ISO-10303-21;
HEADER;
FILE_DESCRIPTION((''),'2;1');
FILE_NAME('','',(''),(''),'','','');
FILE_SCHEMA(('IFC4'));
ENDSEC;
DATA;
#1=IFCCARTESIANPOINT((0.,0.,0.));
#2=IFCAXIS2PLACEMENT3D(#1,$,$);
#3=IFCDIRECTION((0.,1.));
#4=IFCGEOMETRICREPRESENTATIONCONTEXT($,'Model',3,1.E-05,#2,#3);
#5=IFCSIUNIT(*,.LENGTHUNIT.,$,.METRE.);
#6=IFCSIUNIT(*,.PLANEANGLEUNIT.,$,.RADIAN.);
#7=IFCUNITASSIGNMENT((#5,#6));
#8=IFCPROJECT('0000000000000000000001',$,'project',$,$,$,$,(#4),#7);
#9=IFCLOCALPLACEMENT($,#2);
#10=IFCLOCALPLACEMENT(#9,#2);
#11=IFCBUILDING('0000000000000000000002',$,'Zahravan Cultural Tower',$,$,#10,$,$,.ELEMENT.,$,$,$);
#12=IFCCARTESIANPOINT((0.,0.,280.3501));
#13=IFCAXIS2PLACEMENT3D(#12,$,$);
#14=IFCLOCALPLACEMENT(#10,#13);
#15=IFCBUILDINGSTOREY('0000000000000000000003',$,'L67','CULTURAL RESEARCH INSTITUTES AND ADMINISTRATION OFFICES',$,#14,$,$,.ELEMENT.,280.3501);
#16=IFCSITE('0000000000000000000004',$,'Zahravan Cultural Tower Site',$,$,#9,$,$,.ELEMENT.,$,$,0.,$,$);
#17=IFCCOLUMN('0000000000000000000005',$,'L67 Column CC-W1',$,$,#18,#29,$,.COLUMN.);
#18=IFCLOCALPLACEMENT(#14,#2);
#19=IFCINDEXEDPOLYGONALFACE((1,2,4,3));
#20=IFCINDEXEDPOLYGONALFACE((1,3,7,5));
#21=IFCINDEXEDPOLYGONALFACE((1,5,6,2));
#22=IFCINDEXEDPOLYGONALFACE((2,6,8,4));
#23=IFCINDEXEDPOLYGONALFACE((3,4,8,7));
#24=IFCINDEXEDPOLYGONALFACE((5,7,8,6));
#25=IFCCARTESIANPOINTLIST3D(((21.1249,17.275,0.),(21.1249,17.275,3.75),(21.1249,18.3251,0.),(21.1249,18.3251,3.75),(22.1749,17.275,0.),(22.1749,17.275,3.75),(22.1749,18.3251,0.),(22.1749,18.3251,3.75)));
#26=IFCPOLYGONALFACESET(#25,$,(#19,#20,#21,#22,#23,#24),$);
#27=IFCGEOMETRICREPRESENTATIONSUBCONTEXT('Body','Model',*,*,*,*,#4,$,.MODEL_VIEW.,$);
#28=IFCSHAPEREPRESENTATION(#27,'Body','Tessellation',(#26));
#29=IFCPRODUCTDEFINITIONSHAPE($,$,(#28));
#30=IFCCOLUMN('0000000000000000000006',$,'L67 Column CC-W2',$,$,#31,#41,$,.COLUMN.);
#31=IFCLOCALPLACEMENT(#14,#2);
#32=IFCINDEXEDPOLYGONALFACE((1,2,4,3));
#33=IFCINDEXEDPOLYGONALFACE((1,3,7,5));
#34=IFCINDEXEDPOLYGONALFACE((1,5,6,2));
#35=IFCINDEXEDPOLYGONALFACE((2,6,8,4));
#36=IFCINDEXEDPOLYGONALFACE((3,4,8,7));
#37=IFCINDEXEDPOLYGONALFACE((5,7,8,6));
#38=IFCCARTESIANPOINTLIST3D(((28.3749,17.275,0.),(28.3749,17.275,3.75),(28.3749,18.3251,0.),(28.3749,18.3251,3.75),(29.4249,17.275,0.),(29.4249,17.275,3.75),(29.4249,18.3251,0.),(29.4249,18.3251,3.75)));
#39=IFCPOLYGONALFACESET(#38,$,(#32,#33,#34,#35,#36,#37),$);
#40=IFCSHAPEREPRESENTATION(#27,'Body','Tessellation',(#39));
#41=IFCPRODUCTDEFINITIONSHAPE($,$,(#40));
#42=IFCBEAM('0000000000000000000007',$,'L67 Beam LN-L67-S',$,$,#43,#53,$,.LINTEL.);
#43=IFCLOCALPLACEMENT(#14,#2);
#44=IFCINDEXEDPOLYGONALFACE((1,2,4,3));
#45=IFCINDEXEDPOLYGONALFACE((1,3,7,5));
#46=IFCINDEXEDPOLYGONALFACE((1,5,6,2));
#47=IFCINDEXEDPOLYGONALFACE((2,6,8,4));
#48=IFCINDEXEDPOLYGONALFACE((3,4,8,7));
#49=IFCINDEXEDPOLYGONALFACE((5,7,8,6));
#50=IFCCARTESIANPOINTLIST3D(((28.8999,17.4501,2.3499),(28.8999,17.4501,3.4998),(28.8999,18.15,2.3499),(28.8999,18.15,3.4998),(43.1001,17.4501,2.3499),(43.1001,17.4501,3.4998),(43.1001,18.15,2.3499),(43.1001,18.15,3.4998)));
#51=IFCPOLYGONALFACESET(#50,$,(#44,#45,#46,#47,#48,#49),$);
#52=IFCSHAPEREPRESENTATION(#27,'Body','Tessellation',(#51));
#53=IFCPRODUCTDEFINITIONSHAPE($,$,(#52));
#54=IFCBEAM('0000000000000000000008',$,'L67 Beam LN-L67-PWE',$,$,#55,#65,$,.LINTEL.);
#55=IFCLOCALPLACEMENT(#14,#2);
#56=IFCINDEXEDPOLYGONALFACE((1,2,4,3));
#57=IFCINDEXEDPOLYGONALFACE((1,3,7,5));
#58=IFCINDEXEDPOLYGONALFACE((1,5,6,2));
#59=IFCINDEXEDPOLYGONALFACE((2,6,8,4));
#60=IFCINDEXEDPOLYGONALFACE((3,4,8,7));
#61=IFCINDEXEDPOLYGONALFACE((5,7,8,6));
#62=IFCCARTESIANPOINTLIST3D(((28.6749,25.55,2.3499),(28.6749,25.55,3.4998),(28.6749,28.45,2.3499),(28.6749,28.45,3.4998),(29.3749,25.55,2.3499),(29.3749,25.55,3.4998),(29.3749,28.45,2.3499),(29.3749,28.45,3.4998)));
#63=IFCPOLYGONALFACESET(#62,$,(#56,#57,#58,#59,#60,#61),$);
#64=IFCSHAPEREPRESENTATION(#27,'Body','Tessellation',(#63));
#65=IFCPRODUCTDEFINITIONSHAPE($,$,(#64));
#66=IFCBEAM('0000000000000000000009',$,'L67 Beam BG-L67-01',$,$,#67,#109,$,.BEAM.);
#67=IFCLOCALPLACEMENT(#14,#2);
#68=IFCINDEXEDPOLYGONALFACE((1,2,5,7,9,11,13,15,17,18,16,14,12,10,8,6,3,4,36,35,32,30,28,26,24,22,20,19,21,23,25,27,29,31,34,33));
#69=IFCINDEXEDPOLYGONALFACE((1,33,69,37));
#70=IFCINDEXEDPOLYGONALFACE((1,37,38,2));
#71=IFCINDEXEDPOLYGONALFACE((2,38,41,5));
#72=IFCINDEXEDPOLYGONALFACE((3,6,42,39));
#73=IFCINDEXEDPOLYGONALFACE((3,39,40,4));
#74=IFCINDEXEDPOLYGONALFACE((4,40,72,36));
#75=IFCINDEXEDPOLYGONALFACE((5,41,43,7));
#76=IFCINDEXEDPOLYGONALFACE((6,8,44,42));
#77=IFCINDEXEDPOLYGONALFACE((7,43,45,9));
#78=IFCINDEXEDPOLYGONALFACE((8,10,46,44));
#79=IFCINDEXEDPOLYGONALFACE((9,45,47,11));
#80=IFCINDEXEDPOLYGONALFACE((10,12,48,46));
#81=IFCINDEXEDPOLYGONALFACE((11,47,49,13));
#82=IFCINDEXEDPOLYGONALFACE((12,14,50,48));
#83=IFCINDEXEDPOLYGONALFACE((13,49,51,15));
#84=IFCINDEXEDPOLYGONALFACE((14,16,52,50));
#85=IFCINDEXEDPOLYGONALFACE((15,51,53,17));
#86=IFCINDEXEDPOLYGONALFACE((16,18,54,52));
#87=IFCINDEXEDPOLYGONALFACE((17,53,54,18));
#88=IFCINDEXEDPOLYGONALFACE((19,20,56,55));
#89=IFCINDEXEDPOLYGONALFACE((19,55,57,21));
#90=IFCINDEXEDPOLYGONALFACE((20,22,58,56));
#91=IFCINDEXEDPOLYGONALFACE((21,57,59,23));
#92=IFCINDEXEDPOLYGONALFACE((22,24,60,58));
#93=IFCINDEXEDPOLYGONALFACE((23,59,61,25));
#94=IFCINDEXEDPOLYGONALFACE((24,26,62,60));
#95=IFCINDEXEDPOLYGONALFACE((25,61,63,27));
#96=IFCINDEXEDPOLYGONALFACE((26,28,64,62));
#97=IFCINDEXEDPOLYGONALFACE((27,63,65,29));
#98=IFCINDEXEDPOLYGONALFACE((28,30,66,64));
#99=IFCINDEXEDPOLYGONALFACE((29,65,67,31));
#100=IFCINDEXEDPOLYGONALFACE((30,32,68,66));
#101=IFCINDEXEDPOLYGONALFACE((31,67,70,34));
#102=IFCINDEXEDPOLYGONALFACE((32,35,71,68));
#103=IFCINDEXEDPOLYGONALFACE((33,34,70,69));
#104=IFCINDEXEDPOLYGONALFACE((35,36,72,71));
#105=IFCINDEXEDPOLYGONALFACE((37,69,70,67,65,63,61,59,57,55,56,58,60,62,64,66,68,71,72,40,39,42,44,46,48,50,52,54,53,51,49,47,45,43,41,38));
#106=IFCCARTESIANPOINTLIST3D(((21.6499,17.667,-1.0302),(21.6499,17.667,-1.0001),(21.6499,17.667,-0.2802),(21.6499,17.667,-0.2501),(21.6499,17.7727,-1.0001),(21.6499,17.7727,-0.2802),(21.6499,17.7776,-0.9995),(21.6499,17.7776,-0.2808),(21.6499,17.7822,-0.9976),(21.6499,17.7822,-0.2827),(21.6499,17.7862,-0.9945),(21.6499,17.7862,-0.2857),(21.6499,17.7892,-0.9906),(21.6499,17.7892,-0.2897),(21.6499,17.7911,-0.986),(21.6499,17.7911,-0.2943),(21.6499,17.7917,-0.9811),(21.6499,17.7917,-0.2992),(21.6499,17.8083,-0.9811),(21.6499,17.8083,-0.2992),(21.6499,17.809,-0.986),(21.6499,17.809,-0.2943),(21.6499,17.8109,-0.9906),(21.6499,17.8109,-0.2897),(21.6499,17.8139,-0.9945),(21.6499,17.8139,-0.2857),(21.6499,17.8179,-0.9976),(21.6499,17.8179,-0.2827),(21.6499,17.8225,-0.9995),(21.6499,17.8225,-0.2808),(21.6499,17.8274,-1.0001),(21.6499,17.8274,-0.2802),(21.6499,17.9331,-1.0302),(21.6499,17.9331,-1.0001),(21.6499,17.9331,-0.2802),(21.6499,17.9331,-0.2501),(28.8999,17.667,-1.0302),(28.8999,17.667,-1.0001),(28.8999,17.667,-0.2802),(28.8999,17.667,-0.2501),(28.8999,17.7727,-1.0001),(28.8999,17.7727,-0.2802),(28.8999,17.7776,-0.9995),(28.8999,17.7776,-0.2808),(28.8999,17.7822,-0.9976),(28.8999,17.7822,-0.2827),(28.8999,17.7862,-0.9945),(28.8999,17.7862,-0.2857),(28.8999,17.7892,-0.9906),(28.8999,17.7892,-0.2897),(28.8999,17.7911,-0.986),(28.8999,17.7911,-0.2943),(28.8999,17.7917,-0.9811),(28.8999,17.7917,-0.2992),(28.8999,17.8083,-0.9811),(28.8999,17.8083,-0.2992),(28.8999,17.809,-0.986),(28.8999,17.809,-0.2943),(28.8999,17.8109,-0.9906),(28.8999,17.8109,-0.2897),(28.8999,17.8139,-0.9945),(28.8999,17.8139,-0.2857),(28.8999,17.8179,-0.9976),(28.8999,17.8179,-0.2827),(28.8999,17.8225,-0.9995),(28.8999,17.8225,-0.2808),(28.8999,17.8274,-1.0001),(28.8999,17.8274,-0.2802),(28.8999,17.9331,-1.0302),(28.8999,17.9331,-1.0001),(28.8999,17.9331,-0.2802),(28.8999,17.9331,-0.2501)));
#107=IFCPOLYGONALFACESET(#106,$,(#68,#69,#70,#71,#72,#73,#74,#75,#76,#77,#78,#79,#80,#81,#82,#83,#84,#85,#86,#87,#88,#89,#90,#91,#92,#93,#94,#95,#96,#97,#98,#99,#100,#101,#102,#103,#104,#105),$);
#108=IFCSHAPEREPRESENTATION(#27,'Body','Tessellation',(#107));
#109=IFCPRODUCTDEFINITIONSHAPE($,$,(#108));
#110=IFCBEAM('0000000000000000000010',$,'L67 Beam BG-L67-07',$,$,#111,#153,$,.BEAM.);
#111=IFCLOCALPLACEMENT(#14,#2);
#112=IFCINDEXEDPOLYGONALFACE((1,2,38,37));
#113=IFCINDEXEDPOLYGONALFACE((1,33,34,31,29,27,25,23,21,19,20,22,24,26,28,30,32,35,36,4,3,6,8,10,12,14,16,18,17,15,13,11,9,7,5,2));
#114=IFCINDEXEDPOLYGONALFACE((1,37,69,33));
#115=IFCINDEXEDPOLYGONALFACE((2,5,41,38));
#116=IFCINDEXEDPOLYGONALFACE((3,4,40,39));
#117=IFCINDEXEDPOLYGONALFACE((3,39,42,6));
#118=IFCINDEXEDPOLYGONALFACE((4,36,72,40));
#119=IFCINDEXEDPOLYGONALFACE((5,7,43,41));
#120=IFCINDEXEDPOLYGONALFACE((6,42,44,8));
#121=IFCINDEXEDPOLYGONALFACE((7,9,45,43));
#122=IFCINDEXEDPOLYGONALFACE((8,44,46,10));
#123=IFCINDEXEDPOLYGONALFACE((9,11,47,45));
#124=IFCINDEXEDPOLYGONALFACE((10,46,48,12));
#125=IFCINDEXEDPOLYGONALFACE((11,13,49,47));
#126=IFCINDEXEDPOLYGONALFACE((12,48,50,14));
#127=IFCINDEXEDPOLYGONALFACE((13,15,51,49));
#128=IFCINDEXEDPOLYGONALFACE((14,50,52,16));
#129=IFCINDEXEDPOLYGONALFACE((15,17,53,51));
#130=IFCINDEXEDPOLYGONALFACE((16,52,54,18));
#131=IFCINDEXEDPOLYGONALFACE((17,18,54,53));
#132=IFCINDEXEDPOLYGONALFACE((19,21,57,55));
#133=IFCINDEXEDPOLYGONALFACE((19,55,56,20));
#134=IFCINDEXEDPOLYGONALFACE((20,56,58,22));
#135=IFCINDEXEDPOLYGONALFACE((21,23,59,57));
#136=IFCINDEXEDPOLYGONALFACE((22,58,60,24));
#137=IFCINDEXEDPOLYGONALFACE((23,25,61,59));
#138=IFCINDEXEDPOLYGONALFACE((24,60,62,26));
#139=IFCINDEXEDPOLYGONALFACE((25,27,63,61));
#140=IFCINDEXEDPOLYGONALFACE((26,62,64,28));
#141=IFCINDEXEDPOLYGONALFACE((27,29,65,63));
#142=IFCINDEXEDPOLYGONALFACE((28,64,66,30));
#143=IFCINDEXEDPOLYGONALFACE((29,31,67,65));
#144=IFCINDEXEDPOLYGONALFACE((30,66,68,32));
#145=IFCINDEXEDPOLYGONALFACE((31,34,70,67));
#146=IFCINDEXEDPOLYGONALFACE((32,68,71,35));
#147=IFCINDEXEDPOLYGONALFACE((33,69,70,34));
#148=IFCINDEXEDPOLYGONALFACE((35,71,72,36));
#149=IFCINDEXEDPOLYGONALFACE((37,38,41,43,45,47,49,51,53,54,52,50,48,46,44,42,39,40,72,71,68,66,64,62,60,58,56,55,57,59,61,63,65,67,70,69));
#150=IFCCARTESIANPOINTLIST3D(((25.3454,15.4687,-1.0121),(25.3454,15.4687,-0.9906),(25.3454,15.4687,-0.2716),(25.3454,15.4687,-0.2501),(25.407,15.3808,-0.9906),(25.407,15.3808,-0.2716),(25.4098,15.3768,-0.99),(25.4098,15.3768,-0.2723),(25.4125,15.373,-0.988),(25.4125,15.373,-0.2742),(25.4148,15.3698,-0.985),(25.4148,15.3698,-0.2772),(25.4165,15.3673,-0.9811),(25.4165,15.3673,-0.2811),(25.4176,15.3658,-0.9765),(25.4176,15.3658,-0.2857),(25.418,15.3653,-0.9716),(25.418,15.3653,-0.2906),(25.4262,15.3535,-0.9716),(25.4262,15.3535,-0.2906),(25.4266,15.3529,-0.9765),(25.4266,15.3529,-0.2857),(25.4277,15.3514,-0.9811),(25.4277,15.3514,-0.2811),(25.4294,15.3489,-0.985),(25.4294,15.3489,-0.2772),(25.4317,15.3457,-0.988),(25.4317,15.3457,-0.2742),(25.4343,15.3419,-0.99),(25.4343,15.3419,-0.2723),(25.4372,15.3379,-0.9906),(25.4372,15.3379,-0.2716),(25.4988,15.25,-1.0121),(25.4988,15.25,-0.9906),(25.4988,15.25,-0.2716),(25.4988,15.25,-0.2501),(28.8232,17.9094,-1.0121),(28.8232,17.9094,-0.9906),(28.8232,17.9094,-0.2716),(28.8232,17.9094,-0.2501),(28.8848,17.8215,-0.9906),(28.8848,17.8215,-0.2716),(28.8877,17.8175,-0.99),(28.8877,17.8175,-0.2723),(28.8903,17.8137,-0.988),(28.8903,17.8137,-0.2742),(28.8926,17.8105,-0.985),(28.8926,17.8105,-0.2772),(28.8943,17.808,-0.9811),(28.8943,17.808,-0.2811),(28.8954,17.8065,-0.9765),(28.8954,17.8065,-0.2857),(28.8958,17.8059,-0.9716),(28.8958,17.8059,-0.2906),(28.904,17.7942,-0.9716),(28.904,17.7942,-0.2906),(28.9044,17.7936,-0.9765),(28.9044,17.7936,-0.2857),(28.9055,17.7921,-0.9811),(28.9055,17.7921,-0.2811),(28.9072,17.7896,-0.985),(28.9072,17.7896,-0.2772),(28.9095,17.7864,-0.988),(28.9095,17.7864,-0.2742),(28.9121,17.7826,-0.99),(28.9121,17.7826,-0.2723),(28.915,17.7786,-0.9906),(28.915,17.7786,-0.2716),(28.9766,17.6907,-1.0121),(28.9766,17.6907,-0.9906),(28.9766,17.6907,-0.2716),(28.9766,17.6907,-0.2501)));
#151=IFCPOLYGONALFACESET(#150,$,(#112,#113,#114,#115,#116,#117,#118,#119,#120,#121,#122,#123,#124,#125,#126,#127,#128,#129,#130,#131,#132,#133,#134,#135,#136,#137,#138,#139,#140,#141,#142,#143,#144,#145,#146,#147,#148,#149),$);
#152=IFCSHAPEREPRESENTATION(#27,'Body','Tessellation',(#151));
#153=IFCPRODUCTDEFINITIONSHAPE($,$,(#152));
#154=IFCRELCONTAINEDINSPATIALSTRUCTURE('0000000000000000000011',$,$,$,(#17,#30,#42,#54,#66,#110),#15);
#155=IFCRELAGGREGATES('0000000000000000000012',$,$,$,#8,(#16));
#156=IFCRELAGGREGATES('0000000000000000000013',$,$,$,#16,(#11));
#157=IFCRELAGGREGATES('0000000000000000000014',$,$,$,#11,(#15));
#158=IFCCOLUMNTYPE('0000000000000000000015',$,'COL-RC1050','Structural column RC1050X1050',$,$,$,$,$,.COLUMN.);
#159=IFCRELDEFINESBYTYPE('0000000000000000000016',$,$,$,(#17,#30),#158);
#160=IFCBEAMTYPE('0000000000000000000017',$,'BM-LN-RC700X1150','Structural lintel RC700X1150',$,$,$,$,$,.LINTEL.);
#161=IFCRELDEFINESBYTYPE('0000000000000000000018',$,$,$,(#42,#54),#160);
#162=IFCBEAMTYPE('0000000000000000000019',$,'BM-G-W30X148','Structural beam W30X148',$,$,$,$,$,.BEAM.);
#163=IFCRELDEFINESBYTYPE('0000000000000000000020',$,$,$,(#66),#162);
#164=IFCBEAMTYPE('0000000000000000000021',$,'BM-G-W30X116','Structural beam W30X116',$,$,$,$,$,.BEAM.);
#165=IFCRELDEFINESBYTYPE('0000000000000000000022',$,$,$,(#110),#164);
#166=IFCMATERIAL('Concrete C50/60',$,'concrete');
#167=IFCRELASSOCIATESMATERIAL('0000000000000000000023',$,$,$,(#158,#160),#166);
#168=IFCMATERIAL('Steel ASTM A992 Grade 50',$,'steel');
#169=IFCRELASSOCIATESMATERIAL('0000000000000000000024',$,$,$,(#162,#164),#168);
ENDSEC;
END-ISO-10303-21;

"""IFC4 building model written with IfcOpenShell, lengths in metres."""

from ifc_helpers import new_model, si_unit, direction, frame, origin, origin_2d, place, context, subcontext, project, spatial, rectangle, i_section, extrude, source, transform, mapped, material, material_profile, profile_set, type_object, element, save


model = new_model("IFC4")

# Units and contexts
model_context = context("Model", 3, precision=1e-05, world=origin(), true_north=direction((0.0, 1.0)))
body_context = subcontext(model_context, "Body", "Model", "MODEL_VIEW")
ifc_project = project(units=[si_unit("LENGTHUNIT", "METRE"), si_unit("PLANEANGLEUNIT", "RADIAN")], contexts=[model_context])

# Site, building, storey
site_placement = place(None, origin())
site = spatial("IfcSite", under=ifc_project, at=site_placement, Name="Zahravan Cultural Tower Site", CompositionType="ELEMENT", RefElevation=0.0)
building_placement = place(site_placement, origin())
building = spatial("IfcBuilding", under=site, at=building_placement, Name="Zahravan Cultural Tower", CompositionType="ELEMENT")
storey_placement = place(building_placement, frame((0.0, 0.0, 280.3501)))
storey = spatial("IfcBuildingStorey", under=building, at=storey_placement, Name="L67", Description="CULTURAL RESEARCH INSTITUTES AND ADMINISTRATION OFFICES", CompositionType="ELEMENT", Elevation=280.3501)

# Columns
ifc_material_1 = material(Name="Concrete C50/60", Category="concrete")
ifc_material_profile_1 = material_profile(ifc_material_1, rectangle(XDim=1.05, YDim=1.05, at=origin_2d()), Name="RC1050X1050")
ifc_profile_set_1 = profile_set([ifc_material_profile_1], Name="Concrete C50/60")
column_type = type_object("IfcColumnType", Name="COL-RC1050", Description="Structural column RC1050X1050", PredefinedType="COLUMN", material=ifc_profile_set_1)
shared_shape_1 = source(origin(), body_context, "Body", "SweptSolid", [
    extrude(rectangle(XDim=1.05, YDim=1.05, at=origin_2d()), origin(), (0.0, 0.0, 1.0), 3.75),
])
for number, where, z_axis, x_axis, name in (
    (1, (21.6499, 17.8, 0.0), (0.0, 0.0, 1.0), (1.0, 0.0, 0.0), "L67 Column CC-W1"),
    (2, (28.8999, 17.8, 0.0), (0.0, 0.0, 1.0), (1.0, 0.0, 0.0), "L67 Column CC-W2"),
):
    element("IfcColumn", number, at=place(storey_placement, frame(where, z_axis=z_axis, x_axis=x_axis)), inside=storey, type_object=column_type, Name=name, PredefinedType="COLUMN", context=body_context, shape_type="MappedRepresentation", body=[
        mapped(shared_shape_1, transform((0.0, 0.0, 0.0), x_axis=(1.0, 0.0, 0.0), y_axis=(0.0, 1.0, 0.0), z_axis=(0.0, 0.0, 1.0), scale=1.0)),
    ])

# Beams
ifc_material_profile_2 = material_profile(ifc_material_1, rectangle(XDim=0.7, YDim=1.1499, at=origin_2d()), Name="RC700X1150")
ifc_profile_set_2 = profile_set([ifc_material_profile_2], Name="Concrete C50/60")
beam_type_1 = type_object("IfcBeamType", Name="BM-LN-RC700X1150", Description="Structural lintel RC700X1150", PredefinedType="LINTEL", material=ifc_profile_set_2)
shared_shape_2 = source(origin(), body_context, "Body", "SweptSolid", [
    extrude(rectangle(XDim=0.7, YDim=1.1499, at=origin_2d()), origin(), (0.0, 0.0, 1.0), 14.2002),
])
beam_1_placement = place(storey_placement, frame((28.8999, 17.8, 2.9248), z_axis=(1.0, 0.0, 0.0), x_axis=(0.0, 1.0, 0.0)))
element("IfcBeam", 3, at=beam_1_placement, inside=storey, type_object=beam_type_1, Name="L67 Beam LN-L67-S", PredefinedType="LINTEL", context=body_context, shape_type="MappedRepresentation", body=[
    mapped(shared_shape_2, transform((0.0, 0.0, 0.0), x_axis=(1.0, 0.0, 0.0), y_axis=(0.0, 1.0, 0.0), z_axis=(0.0, 0.0, 1.0), scale=1.0)),
])
shared_shape_3 = source(origin(), body_context, "Body", "SweptSolid", [
    extrude(rectangle(XDim=0.7, YDim=1.1499, at=origin_2d()), origin(), (0.0, 0.0, 1.0), 2.8999),
])
beam_2_placement = place(storey_placement, frame((29.0249, 25.55, 2.9248), z_axis=(0.0, 1.0, 0.0), x_axis=(-1.0, 0.0, 0.0)))
element("IfcBeam", 4, at=beam_2_placement, inside=storey, type_object=beam_type_1, Name="L67 Beam LN-L67-PWE", PredefinedType="LINTEL", context=body_context, shape_type="MappedRepresentation", body=[
    mapped(shared_shape_3, transform((0.0, 0.0, 0.0), x_axis=(1.0, 0.0, 0.0), y_axis=(0.0, 1.0, 0.0), z_axis=(0.0, 0.0, 1.0), scale=1.0)),
])
ifc_material_2 = material(Name="Steel ASTM A992 Grade 50", Category="steel")
ifc_material_profile_3 = material_profile(ifc_material_2, i_section(OverallWidth=0.2661, OverallDepth=0.78, WebThickness=0.0166, FlangeThickness=0.03, FilletRadius=0.019, at=origin_2d()), Name="W30X148")
ifc_profile_set_3 = profile_set([ifc_material_profile_3], Name="Steel ASTM A992 Grade 50")
beam_type_2 = type_object("IfcBeamType", Name="BM-G-W30X148", Description="Structural beam W30X148", PredefinedType="BEAM", material=ifc_profile_set_3)
shared_shape_4 = source(origin(), body_context, "Body", "SweptSolid", [
    extrude(i_section(OverallWidth=0.2661, OverallDepth=0.78, WebThickness=0.0166, FlangeThickness=0.03, FilletRadius=0.019, at=origin_2d()), origin(), (0.0, 0.0, 1.0), 7.25),
])
beam_3_placement = place(storey_placement, frame((21.6499, 17.8, -0.6401), z_axis=(1.0, 0.0, 0.0), x_axis=(0.0, 1.0, 0.0)))
element("IfcBeam", 5, at=beam_3_placement, inside=storey, type_object=beam_type_2, Name="L67 Beam BG-L67-01", PredefinedType="BEAM", context=body_context, shape_type="MappedRepresentation", body=[
    mapped(shared_shape_4, transform((0.0, 0.0, 0.0), x_axis=(1.0, 0.0, 0.0), y_axis=(0.0, 1.0, 0.0), z_axis=(0.0, 0.0, 1.0), scale=1.0)),
])
ifc_material_profile_4 = material_profile(ifc_material_2, i_section(OverallWidth=0.2671, OverallDepth=0.762, WebThickness=0.0144, FlangeThickness=0.0215, FilletRadius=0.019, at=origin_2d()), Name="W30X116")
ifc_profile_set_4 = profile_set([ifc_material_profile_4], Name="Steel ASTM A992 Grade 50")
beam_type_3 = type_object("IfcBeamType", Name="BM-G-W30X116", Description="Structural beam W30X116", PredefinedType="BEAM", material=ifc_profile_set_4)
shared_shape_5 = source(origin(), body_context, "Body", "SweptSolid", [
    extrude(i_section(OverallWidth=0.2671, OverallDepth=0.762, WebThickness=0.0144, FlangeThickness=0.0215, FilletRadius=0.019, at=origin_2d()), origin(), (0.0, 0.0, 1.0), 4.2488),
])
beam_4_placement = place(storey_placement, frame((28.8999, 17.8, -0.6311), z_axis=(-0.818543, -0.574445, 0.0), x_axis=(0.574445, -0.818543, 0.0)))
element("IfcBeam", 6, at=beam_4_placement, inside=storey, type_object=beam_type_3, Name="L67 Beam BG-L67-07", PredefinedType="BEAM", context=body_context, shape_type="MappedRepresentation", body=[
    mapped(shared_shape_5, transform((0.0, 0.0, 0.0), x_axis=(1.0, 0.0, 0.0), y_axis=(0.0, 1.0, 0.0), z_axis=(0.0, 0.0, 1.0), scale=1.0)),
])

save(model, "model.ifc")
